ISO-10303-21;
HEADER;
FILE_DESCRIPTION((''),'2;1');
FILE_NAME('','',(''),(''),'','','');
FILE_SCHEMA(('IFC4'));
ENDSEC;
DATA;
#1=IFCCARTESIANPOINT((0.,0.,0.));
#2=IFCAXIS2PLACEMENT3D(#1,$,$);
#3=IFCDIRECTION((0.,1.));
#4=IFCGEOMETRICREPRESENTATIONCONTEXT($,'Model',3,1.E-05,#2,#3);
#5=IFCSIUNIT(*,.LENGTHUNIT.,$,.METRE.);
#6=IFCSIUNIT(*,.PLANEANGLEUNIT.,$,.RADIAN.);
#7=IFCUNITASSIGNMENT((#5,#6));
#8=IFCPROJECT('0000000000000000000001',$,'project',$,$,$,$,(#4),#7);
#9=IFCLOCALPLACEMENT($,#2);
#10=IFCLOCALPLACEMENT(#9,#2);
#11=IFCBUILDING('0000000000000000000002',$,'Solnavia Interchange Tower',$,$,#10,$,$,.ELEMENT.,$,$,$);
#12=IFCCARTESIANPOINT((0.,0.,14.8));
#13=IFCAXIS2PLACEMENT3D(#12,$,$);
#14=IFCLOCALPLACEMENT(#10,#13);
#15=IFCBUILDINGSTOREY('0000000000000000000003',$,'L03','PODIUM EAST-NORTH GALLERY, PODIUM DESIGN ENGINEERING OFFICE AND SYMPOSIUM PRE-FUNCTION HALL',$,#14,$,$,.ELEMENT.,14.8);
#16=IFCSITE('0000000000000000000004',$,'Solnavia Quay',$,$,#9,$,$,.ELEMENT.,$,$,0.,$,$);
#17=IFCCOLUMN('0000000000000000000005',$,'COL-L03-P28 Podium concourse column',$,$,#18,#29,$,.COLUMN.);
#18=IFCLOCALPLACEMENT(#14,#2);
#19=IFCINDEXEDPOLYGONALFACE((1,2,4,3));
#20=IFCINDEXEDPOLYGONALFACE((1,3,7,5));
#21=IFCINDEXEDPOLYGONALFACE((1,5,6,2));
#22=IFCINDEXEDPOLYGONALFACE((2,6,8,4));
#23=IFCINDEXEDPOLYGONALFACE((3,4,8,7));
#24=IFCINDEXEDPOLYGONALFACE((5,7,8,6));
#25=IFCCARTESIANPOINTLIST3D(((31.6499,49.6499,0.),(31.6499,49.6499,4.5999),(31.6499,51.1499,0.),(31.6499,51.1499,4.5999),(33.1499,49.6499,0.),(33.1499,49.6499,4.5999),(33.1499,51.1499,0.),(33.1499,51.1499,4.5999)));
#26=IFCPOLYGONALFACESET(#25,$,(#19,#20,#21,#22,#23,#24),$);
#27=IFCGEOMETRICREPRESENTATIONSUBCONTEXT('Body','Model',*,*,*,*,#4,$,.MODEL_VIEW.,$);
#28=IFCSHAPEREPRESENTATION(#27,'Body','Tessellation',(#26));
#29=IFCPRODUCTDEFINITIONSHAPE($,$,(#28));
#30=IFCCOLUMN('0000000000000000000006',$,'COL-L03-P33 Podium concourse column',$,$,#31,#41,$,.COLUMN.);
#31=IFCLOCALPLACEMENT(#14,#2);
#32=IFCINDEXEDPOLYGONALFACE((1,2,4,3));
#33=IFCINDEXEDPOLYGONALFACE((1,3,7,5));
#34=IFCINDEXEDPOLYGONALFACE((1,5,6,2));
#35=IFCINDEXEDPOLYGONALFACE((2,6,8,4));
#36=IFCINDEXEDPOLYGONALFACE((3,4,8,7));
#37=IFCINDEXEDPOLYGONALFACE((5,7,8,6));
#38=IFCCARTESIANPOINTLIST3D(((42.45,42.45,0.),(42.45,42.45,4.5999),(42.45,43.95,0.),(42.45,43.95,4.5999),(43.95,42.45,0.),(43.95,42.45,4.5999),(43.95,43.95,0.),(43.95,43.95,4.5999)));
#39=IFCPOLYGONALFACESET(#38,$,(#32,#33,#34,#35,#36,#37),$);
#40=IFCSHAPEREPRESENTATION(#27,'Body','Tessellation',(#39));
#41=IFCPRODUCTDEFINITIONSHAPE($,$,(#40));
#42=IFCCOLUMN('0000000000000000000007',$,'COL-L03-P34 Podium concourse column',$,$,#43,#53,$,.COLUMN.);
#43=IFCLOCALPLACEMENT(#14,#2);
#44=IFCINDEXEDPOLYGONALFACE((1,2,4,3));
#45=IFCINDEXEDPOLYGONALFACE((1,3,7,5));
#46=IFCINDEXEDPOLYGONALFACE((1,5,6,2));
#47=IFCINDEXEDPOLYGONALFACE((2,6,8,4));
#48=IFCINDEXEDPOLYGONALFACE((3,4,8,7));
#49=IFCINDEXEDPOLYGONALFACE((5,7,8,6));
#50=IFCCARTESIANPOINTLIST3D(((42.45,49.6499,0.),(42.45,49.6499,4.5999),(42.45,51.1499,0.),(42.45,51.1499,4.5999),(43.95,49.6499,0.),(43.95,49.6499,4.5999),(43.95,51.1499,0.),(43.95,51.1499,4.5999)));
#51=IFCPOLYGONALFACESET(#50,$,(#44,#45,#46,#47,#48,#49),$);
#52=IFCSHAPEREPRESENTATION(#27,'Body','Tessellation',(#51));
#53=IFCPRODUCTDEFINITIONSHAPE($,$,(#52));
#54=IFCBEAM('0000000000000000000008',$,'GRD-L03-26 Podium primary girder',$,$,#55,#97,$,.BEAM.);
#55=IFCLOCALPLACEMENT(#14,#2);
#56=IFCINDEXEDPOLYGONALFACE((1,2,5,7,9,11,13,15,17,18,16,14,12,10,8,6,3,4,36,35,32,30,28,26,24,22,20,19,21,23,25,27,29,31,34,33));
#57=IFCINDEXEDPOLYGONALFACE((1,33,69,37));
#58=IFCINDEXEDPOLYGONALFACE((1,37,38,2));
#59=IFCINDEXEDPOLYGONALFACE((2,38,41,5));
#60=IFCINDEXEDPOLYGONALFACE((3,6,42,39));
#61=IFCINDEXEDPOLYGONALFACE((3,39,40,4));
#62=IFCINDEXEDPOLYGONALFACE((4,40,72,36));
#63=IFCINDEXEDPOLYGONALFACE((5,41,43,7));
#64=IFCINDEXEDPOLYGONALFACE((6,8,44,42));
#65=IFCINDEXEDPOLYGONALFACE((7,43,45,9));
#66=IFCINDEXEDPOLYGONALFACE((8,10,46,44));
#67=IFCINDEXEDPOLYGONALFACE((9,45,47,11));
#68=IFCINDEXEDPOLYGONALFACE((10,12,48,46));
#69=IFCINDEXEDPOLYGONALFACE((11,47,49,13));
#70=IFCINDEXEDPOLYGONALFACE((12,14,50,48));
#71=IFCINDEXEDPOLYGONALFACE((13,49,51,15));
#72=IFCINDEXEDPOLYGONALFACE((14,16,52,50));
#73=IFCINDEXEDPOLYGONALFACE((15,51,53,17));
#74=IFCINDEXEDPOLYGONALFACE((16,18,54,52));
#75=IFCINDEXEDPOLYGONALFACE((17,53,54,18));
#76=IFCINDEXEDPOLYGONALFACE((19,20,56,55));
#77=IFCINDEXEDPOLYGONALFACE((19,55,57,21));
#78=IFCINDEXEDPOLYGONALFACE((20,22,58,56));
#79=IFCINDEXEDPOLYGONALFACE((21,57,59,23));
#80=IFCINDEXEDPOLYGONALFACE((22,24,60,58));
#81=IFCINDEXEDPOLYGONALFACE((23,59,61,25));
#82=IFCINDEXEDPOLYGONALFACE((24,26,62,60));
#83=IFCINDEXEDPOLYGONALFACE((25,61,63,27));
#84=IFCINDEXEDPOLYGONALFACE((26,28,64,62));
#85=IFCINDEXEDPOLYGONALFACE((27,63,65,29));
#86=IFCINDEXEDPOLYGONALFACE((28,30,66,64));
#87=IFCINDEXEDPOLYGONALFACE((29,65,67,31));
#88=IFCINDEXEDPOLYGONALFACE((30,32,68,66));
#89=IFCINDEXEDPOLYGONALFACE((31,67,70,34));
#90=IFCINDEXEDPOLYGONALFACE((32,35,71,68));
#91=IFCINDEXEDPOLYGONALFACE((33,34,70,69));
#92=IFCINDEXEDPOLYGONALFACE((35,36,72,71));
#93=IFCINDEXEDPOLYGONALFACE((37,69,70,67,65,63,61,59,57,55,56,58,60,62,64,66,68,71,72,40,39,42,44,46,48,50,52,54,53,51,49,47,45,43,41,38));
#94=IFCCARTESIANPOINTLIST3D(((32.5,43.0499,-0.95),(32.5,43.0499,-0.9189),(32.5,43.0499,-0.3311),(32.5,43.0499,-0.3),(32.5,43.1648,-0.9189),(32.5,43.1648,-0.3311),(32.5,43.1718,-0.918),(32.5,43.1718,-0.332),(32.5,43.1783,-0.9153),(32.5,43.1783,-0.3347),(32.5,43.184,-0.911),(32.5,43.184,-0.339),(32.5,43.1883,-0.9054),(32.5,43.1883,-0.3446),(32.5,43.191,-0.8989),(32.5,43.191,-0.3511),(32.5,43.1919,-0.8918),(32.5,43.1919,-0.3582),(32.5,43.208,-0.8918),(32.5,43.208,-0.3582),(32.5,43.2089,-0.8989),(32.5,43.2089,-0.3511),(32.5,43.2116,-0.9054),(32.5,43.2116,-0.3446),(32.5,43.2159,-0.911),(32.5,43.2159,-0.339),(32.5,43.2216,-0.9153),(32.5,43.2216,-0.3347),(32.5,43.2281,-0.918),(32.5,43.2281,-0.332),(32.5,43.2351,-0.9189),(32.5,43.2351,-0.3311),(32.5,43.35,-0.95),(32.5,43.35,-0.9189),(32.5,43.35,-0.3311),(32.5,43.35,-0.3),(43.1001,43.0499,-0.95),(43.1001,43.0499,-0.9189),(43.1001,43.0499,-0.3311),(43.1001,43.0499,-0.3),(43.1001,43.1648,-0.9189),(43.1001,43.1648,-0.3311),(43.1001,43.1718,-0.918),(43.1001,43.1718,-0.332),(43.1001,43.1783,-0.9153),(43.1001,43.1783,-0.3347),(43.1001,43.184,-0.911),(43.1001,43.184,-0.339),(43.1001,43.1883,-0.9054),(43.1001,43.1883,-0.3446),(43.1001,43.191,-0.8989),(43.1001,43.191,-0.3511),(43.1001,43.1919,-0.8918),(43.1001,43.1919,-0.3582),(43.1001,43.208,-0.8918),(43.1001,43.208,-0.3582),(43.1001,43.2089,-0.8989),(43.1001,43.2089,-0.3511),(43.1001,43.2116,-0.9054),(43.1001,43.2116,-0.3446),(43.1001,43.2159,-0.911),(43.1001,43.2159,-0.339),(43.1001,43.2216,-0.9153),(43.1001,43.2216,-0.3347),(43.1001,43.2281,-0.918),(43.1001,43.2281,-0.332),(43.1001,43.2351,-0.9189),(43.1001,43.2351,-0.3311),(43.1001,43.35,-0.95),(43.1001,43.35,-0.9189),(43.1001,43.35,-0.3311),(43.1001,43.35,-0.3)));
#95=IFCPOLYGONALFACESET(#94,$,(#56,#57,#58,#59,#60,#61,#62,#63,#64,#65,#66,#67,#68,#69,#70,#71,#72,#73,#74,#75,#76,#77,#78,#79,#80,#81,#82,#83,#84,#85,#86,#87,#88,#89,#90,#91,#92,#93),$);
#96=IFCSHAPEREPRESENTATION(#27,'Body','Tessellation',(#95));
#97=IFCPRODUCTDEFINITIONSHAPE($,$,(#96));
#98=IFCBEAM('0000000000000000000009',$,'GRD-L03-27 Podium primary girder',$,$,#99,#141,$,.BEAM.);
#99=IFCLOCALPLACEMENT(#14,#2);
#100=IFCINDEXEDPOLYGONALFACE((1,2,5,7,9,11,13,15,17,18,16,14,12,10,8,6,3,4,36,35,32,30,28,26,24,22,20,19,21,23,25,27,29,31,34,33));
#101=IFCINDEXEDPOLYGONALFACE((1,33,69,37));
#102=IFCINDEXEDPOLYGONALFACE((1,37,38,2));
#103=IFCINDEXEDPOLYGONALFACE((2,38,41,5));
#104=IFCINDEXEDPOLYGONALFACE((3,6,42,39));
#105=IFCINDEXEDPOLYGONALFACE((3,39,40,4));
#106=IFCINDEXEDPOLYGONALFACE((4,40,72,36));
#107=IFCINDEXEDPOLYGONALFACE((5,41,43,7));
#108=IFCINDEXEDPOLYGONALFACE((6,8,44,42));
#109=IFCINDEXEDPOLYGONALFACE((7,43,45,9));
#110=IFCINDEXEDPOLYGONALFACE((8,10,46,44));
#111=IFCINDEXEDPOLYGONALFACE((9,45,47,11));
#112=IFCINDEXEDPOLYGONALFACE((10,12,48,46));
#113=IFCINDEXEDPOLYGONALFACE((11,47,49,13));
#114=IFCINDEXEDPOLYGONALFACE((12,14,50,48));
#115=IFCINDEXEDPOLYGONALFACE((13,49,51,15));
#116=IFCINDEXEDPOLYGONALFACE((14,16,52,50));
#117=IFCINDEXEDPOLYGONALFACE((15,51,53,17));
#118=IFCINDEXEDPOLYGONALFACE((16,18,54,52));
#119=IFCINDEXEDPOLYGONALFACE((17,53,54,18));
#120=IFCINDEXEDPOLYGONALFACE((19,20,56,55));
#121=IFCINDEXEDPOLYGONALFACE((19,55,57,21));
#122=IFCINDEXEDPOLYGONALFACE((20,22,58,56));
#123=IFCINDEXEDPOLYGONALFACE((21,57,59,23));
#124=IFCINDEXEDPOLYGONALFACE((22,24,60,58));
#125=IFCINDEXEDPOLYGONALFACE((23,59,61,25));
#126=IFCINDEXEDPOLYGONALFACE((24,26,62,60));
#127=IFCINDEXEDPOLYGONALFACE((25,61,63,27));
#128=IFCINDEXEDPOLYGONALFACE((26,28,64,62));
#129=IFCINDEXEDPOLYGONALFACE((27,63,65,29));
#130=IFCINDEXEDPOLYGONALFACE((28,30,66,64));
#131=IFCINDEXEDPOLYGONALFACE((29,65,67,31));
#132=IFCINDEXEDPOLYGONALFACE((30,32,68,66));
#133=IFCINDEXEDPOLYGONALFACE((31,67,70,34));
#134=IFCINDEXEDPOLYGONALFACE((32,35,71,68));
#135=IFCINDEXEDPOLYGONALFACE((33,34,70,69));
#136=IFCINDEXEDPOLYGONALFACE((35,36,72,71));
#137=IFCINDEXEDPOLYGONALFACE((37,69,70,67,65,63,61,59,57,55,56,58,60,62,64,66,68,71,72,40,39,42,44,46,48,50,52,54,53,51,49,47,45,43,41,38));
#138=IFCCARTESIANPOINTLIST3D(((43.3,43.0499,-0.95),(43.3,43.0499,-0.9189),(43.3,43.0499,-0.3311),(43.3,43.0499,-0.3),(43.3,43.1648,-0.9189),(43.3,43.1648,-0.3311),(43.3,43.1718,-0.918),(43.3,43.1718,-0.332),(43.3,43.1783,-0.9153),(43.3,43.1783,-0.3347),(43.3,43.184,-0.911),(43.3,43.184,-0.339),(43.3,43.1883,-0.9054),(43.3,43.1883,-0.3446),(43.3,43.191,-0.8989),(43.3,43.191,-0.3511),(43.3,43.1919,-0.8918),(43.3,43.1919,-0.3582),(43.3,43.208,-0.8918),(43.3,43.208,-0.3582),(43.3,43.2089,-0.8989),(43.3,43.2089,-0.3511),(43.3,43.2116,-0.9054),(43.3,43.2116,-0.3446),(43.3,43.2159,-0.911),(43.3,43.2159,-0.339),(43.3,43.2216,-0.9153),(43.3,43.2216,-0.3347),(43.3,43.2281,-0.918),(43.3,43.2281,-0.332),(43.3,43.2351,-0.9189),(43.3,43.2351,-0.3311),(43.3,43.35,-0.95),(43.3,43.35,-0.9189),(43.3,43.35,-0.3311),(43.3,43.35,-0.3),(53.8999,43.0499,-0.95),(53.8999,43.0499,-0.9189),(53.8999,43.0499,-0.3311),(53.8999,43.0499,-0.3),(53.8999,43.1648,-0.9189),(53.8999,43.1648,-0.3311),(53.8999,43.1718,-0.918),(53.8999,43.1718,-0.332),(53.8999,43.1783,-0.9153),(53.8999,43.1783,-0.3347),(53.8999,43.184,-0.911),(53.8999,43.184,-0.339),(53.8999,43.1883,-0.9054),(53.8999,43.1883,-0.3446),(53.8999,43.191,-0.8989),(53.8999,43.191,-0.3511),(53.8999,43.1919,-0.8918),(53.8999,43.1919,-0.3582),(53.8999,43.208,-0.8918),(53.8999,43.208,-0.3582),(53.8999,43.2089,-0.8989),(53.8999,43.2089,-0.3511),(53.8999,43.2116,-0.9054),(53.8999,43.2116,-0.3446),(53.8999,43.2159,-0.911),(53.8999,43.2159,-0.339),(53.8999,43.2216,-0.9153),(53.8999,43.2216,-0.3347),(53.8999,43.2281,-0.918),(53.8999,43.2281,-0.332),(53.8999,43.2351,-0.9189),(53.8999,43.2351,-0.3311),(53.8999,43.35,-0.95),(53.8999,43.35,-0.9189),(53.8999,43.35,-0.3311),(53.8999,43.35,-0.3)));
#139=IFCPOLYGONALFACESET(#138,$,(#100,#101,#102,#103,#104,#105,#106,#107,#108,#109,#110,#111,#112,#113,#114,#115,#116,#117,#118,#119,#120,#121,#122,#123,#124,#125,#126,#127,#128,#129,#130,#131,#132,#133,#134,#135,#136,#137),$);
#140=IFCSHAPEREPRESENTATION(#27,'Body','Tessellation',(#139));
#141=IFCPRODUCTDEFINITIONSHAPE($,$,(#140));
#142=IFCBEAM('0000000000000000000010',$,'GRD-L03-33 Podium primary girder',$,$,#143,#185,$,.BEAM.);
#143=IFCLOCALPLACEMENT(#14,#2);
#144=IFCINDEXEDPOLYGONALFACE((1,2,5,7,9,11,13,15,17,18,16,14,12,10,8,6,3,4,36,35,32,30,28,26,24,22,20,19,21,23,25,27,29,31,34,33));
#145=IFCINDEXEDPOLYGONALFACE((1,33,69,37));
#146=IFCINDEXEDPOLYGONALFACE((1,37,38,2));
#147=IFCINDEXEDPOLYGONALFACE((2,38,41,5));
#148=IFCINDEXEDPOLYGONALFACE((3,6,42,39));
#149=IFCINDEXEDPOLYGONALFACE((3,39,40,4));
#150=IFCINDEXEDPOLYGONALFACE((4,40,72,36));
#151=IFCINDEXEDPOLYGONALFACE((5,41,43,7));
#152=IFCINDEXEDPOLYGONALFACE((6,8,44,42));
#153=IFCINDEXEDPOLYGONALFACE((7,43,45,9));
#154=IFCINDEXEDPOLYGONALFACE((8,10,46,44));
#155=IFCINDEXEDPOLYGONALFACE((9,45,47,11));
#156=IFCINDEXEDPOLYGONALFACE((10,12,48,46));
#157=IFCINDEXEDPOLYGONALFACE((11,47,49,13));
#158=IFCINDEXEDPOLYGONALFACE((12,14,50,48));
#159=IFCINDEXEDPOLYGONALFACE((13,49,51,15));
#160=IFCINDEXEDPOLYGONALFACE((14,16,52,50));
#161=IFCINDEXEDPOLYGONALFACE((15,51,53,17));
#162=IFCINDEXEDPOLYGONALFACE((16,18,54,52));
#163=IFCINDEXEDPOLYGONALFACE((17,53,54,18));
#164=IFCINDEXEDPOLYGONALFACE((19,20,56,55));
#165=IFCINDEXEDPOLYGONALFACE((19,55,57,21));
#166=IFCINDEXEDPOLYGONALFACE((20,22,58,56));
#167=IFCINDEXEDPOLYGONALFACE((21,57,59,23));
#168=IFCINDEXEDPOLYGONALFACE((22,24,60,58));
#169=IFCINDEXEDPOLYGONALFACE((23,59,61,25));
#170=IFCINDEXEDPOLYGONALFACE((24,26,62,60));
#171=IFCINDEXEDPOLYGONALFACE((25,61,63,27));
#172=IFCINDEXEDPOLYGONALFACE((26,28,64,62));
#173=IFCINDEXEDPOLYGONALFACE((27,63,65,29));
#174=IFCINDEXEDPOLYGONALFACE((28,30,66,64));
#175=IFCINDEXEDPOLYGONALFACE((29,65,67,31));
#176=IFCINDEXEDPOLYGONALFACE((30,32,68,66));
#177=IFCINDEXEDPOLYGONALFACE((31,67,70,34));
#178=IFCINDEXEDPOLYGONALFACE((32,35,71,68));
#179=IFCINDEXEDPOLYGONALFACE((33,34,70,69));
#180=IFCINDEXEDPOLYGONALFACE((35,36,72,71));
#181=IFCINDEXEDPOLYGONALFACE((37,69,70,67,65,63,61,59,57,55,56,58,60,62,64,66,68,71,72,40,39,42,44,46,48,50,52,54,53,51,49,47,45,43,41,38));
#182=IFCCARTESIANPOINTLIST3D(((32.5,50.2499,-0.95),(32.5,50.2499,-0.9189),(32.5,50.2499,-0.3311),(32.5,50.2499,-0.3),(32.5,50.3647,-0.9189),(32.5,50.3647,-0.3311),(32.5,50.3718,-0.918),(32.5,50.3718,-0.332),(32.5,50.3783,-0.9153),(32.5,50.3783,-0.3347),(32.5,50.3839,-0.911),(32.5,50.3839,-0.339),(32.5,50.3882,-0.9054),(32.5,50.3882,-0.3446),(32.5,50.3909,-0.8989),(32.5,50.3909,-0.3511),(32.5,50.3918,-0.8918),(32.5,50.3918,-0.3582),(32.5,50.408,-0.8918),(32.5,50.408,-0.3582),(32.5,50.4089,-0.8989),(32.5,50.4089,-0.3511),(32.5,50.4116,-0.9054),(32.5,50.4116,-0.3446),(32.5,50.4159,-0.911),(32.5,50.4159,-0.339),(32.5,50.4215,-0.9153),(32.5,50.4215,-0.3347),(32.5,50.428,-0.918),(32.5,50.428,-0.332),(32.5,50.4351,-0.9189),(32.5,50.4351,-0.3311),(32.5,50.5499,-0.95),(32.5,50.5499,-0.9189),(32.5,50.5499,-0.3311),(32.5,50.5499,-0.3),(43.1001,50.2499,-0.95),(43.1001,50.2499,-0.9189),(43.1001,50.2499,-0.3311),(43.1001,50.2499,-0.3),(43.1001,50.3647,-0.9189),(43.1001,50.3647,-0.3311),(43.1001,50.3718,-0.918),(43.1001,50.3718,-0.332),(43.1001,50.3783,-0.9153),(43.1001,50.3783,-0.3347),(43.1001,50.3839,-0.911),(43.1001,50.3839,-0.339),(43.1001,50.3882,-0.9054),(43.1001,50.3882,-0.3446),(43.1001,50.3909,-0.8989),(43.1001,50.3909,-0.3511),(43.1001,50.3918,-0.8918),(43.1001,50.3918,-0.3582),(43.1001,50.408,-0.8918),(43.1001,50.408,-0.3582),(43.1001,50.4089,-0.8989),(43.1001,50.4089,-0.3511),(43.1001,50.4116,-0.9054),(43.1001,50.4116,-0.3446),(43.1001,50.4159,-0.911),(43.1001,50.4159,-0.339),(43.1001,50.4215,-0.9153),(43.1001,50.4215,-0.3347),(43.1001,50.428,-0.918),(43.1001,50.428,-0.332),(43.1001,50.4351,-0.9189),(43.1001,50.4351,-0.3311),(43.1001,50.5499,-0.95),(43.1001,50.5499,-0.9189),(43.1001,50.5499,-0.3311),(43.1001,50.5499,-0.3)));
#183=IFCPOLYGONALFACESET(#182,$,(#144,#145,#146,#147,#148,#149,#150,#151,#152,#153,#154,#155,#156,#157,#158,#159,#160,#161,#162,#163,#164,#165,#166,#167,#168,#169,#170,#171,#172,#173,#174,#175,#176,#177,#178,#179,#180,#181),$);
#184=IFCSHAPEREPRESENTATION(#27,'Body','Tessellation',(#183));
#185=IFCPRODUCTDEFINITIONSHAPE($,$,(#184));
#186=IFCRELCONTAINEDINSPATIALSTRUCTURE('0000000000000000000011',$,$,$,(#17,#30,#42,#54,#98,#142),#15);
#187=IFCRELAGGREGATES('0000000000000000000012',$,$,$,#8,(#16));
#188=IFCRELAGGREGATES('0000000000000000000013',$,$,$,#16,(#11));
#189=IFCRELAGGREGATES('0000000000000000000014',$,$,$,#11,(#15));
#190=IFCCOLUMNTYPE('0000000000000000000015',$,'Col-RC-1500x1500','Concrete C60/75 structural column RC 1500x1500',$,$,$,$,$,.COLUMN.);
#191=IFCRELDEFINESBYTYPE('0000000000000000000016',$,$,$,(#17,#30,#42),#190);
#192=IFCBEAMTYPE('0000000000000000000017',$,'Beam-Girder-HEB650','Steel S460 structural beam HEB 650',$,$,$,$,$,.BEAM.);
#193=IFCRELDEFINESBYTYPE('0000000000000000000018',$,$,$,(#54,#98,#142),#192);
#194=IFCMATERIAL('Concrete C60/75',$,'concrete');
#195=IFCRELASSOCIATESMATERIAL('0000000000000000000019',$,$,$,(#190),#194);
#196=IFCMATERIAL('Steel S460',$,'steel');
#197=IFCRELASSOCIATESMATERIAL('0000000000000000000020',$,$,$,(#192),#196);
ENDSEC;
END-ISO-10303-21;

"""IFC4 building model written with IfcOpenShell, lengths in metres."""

from ifc_helpers import new_model, si_unit, direction, frame, origin, origin_2d, place, context, subcontext, project, spatial, rectangle, i_section, extrude, material, material_profile, profile_set, type_object, element, save


model = new_model("IFC4")

# Units and contexts
model_context = context("Model", 3, precision=1e-05, world=origin(), true_north=direction((0.0, 1.0)))
body_context = subcontext(model_context, "Body", "Model", "MODEL_VIEW")
ifc_project = project(units=[si_unit("LENGTHUNIT", "METRE"), si_unit("PLANEANGLEUNIT", "RADIAN")], contexts=[model_context])

# Site, building, storey
site_placement = place(None, origin())
site = spatial("IfcSite", under=ifc_project, at=site_placement, Name="Solnavia Quay", CompositionType="ELEMENT", RefElevation=0.0)
building_placement = place(site_placement, origin())
building = spatial("IfcBuilding", under=site, at=building_placement, Name="Solnavia Interchange Tower", CompositionType="ELEMENT")
storey_placement = place(building_placement, frame((0.0, 0.0, 14.8)))
storey = spatial("IfcBuildingStorey", under=building, at=storey_placement, Name="L03", Description="PODIUM EAST-NORTH GALLERY, PODIUM DESIGN ENGINEERING OFFICE AND SYMPOSIUM PRE-FUNCTION HALL", CompositionType="ELEMENT", Elevation=14.8)

# Columns
ifc_material_1 = material(Name="Concrete C60/75", Category="concrete")
ifc_material_profile_1 = material_profile(ifc_material_1, rectangle(XDim=1.5, YDim=1.5, at=origin_2d()), Name="RC 1500x1500")
ifc_profile_set_1 = profile_set([ifc_material_profile_1], Name="Concrete C60/75")
column_type = type_object("IfcColumnType", Name="Col-RC-1500x1500", Description="Concrete C60/75 structural column RC 1500x1500", PredefinedType="COLUMN", material=ifc_profile_set_1)
for number, where, z_axis, x_axis, name in (
    (1, (32.3999, 50.3999, 0.0), (0.0, 0.0, 1.0), (1.0, 0.0, 0.0), "COL-L03-P28 Podium concourse column"),
    (2, (43.2, 43.2, 0.0), (0.0, 0.0, 1.0), (1.0, 0.0, 0.0), "COL-L03-P33 Podium concourse column"),
    (3, (43.2, 50.3999, 0.0), (0.0, 0.0, 1.0), (1.0, 0.0, 0.0), "COL-L03-P34 Podium concourse column"),
):
    element("IfcColumn", number, at=place(storey_placement, frame(where, z_axis=z_axis, x_axis=x_axis)), inside=storey, type_object=column_type, Name=name, PredefinedType="COLUMN", context=body_context, shape_type="SweptSolid", body=[
        extrude(rectangle(XDim=1.5, YDim=1.5, at=origin_2d()), origin(), (0.0, 0.0, 1.0), 4.5999),
    ])

# Beams
ifc_material_2 = material(Name="Steel S460", Category="steel")
ifc_material_profile_2 = material_profile(ifc_material_2, i_section(OverallWidth=0.3, OverallDepth=0.6499, WebThickness=0.0161, FlangeThickness=0.031, FilletRadius=0.0271, at=origin_2d()), Name="HEB 650")
ifc_profile_set_2 = profile_set([ifc_material_profile_2], Name="Steel S460")
beam_type_1 = type_object("IfcBeamType", Name="Beam-Girder-HEB650", Description="Steel S460 structural beam HEB 650", PredefinedType="BEAM", material=ifc_profile_set_2)
beam_1_placement = place(storey_placement, frame((32.5, 43.2, -0.625), z_axis=(1.0, 0.0, 0.0), x_axis=(0.0, 1.0, 0.0)))
element("IfcBeam", 4, at=beam_1_placement, inside=storey, type_object=beam_type_1, Name="GRD-L03-26 Podium primary girder", PredefinedType="BEAM", context=body_context, shape_type="SweptSolid", body=[
    extrude(i_section(OverallWidth=0.3, OverallDepth=0.6499, WebThickness=0.0161, FlangeThickness=0.031, FilletRadius=0.0271, at=origin_2d()), origin(), (0.0, 0.0, 1.0), 10.6001),
])
beam_2_placement = place(storey_placement, frame((43.3, 43.2, -0.625), z_axis=(1.0, 0.0, 0.0), x_axis=(0.0, 1.0, 0.0)))
element("IfcBeam", 5, at=beam_2_placement, inside=storey, type_object=beam_type_1, Name="GRD-L03-27 Podium primary girder", PredefinedType="BEAM", context=body_context, shape_type="SweptSolid", body=[
    extrude(i_section(OverallWidth=0.3, OverallDepth=0.6499, WebThickness=0.0161, FlangeThickness=0.031, FilletRadius=0.0271, at=origin_2d()), origin(), (0.0, 0.0, 1.0), 10.5999),
])
beam_3_placement = place(storey_placement, frame((32.5, 50.3999, -0.625), z_axis=(1.0, 0.0, 0.0), x_axis=(0.0, 1.0, 0.0)))
element("IfcBeam", 6, at=beam_3_placement, inside=storey, type_object=beam_type_1, Name="GRD-L03-33 Podium primary girder", PredefinedType="BEAM", context=body_context, shape_type="SweptSolid", body=[
    extrude(i_section(OverallWidth=0.3, OverallDepth=0.6499, WebThickness=0.0161, FlangeThickness=0.031, FilletRadius=0.0271, at=origin_2d()), origin(), (0.0, 0.0, 1.0), 10.6001),
])

save(model, "model.ifc")
